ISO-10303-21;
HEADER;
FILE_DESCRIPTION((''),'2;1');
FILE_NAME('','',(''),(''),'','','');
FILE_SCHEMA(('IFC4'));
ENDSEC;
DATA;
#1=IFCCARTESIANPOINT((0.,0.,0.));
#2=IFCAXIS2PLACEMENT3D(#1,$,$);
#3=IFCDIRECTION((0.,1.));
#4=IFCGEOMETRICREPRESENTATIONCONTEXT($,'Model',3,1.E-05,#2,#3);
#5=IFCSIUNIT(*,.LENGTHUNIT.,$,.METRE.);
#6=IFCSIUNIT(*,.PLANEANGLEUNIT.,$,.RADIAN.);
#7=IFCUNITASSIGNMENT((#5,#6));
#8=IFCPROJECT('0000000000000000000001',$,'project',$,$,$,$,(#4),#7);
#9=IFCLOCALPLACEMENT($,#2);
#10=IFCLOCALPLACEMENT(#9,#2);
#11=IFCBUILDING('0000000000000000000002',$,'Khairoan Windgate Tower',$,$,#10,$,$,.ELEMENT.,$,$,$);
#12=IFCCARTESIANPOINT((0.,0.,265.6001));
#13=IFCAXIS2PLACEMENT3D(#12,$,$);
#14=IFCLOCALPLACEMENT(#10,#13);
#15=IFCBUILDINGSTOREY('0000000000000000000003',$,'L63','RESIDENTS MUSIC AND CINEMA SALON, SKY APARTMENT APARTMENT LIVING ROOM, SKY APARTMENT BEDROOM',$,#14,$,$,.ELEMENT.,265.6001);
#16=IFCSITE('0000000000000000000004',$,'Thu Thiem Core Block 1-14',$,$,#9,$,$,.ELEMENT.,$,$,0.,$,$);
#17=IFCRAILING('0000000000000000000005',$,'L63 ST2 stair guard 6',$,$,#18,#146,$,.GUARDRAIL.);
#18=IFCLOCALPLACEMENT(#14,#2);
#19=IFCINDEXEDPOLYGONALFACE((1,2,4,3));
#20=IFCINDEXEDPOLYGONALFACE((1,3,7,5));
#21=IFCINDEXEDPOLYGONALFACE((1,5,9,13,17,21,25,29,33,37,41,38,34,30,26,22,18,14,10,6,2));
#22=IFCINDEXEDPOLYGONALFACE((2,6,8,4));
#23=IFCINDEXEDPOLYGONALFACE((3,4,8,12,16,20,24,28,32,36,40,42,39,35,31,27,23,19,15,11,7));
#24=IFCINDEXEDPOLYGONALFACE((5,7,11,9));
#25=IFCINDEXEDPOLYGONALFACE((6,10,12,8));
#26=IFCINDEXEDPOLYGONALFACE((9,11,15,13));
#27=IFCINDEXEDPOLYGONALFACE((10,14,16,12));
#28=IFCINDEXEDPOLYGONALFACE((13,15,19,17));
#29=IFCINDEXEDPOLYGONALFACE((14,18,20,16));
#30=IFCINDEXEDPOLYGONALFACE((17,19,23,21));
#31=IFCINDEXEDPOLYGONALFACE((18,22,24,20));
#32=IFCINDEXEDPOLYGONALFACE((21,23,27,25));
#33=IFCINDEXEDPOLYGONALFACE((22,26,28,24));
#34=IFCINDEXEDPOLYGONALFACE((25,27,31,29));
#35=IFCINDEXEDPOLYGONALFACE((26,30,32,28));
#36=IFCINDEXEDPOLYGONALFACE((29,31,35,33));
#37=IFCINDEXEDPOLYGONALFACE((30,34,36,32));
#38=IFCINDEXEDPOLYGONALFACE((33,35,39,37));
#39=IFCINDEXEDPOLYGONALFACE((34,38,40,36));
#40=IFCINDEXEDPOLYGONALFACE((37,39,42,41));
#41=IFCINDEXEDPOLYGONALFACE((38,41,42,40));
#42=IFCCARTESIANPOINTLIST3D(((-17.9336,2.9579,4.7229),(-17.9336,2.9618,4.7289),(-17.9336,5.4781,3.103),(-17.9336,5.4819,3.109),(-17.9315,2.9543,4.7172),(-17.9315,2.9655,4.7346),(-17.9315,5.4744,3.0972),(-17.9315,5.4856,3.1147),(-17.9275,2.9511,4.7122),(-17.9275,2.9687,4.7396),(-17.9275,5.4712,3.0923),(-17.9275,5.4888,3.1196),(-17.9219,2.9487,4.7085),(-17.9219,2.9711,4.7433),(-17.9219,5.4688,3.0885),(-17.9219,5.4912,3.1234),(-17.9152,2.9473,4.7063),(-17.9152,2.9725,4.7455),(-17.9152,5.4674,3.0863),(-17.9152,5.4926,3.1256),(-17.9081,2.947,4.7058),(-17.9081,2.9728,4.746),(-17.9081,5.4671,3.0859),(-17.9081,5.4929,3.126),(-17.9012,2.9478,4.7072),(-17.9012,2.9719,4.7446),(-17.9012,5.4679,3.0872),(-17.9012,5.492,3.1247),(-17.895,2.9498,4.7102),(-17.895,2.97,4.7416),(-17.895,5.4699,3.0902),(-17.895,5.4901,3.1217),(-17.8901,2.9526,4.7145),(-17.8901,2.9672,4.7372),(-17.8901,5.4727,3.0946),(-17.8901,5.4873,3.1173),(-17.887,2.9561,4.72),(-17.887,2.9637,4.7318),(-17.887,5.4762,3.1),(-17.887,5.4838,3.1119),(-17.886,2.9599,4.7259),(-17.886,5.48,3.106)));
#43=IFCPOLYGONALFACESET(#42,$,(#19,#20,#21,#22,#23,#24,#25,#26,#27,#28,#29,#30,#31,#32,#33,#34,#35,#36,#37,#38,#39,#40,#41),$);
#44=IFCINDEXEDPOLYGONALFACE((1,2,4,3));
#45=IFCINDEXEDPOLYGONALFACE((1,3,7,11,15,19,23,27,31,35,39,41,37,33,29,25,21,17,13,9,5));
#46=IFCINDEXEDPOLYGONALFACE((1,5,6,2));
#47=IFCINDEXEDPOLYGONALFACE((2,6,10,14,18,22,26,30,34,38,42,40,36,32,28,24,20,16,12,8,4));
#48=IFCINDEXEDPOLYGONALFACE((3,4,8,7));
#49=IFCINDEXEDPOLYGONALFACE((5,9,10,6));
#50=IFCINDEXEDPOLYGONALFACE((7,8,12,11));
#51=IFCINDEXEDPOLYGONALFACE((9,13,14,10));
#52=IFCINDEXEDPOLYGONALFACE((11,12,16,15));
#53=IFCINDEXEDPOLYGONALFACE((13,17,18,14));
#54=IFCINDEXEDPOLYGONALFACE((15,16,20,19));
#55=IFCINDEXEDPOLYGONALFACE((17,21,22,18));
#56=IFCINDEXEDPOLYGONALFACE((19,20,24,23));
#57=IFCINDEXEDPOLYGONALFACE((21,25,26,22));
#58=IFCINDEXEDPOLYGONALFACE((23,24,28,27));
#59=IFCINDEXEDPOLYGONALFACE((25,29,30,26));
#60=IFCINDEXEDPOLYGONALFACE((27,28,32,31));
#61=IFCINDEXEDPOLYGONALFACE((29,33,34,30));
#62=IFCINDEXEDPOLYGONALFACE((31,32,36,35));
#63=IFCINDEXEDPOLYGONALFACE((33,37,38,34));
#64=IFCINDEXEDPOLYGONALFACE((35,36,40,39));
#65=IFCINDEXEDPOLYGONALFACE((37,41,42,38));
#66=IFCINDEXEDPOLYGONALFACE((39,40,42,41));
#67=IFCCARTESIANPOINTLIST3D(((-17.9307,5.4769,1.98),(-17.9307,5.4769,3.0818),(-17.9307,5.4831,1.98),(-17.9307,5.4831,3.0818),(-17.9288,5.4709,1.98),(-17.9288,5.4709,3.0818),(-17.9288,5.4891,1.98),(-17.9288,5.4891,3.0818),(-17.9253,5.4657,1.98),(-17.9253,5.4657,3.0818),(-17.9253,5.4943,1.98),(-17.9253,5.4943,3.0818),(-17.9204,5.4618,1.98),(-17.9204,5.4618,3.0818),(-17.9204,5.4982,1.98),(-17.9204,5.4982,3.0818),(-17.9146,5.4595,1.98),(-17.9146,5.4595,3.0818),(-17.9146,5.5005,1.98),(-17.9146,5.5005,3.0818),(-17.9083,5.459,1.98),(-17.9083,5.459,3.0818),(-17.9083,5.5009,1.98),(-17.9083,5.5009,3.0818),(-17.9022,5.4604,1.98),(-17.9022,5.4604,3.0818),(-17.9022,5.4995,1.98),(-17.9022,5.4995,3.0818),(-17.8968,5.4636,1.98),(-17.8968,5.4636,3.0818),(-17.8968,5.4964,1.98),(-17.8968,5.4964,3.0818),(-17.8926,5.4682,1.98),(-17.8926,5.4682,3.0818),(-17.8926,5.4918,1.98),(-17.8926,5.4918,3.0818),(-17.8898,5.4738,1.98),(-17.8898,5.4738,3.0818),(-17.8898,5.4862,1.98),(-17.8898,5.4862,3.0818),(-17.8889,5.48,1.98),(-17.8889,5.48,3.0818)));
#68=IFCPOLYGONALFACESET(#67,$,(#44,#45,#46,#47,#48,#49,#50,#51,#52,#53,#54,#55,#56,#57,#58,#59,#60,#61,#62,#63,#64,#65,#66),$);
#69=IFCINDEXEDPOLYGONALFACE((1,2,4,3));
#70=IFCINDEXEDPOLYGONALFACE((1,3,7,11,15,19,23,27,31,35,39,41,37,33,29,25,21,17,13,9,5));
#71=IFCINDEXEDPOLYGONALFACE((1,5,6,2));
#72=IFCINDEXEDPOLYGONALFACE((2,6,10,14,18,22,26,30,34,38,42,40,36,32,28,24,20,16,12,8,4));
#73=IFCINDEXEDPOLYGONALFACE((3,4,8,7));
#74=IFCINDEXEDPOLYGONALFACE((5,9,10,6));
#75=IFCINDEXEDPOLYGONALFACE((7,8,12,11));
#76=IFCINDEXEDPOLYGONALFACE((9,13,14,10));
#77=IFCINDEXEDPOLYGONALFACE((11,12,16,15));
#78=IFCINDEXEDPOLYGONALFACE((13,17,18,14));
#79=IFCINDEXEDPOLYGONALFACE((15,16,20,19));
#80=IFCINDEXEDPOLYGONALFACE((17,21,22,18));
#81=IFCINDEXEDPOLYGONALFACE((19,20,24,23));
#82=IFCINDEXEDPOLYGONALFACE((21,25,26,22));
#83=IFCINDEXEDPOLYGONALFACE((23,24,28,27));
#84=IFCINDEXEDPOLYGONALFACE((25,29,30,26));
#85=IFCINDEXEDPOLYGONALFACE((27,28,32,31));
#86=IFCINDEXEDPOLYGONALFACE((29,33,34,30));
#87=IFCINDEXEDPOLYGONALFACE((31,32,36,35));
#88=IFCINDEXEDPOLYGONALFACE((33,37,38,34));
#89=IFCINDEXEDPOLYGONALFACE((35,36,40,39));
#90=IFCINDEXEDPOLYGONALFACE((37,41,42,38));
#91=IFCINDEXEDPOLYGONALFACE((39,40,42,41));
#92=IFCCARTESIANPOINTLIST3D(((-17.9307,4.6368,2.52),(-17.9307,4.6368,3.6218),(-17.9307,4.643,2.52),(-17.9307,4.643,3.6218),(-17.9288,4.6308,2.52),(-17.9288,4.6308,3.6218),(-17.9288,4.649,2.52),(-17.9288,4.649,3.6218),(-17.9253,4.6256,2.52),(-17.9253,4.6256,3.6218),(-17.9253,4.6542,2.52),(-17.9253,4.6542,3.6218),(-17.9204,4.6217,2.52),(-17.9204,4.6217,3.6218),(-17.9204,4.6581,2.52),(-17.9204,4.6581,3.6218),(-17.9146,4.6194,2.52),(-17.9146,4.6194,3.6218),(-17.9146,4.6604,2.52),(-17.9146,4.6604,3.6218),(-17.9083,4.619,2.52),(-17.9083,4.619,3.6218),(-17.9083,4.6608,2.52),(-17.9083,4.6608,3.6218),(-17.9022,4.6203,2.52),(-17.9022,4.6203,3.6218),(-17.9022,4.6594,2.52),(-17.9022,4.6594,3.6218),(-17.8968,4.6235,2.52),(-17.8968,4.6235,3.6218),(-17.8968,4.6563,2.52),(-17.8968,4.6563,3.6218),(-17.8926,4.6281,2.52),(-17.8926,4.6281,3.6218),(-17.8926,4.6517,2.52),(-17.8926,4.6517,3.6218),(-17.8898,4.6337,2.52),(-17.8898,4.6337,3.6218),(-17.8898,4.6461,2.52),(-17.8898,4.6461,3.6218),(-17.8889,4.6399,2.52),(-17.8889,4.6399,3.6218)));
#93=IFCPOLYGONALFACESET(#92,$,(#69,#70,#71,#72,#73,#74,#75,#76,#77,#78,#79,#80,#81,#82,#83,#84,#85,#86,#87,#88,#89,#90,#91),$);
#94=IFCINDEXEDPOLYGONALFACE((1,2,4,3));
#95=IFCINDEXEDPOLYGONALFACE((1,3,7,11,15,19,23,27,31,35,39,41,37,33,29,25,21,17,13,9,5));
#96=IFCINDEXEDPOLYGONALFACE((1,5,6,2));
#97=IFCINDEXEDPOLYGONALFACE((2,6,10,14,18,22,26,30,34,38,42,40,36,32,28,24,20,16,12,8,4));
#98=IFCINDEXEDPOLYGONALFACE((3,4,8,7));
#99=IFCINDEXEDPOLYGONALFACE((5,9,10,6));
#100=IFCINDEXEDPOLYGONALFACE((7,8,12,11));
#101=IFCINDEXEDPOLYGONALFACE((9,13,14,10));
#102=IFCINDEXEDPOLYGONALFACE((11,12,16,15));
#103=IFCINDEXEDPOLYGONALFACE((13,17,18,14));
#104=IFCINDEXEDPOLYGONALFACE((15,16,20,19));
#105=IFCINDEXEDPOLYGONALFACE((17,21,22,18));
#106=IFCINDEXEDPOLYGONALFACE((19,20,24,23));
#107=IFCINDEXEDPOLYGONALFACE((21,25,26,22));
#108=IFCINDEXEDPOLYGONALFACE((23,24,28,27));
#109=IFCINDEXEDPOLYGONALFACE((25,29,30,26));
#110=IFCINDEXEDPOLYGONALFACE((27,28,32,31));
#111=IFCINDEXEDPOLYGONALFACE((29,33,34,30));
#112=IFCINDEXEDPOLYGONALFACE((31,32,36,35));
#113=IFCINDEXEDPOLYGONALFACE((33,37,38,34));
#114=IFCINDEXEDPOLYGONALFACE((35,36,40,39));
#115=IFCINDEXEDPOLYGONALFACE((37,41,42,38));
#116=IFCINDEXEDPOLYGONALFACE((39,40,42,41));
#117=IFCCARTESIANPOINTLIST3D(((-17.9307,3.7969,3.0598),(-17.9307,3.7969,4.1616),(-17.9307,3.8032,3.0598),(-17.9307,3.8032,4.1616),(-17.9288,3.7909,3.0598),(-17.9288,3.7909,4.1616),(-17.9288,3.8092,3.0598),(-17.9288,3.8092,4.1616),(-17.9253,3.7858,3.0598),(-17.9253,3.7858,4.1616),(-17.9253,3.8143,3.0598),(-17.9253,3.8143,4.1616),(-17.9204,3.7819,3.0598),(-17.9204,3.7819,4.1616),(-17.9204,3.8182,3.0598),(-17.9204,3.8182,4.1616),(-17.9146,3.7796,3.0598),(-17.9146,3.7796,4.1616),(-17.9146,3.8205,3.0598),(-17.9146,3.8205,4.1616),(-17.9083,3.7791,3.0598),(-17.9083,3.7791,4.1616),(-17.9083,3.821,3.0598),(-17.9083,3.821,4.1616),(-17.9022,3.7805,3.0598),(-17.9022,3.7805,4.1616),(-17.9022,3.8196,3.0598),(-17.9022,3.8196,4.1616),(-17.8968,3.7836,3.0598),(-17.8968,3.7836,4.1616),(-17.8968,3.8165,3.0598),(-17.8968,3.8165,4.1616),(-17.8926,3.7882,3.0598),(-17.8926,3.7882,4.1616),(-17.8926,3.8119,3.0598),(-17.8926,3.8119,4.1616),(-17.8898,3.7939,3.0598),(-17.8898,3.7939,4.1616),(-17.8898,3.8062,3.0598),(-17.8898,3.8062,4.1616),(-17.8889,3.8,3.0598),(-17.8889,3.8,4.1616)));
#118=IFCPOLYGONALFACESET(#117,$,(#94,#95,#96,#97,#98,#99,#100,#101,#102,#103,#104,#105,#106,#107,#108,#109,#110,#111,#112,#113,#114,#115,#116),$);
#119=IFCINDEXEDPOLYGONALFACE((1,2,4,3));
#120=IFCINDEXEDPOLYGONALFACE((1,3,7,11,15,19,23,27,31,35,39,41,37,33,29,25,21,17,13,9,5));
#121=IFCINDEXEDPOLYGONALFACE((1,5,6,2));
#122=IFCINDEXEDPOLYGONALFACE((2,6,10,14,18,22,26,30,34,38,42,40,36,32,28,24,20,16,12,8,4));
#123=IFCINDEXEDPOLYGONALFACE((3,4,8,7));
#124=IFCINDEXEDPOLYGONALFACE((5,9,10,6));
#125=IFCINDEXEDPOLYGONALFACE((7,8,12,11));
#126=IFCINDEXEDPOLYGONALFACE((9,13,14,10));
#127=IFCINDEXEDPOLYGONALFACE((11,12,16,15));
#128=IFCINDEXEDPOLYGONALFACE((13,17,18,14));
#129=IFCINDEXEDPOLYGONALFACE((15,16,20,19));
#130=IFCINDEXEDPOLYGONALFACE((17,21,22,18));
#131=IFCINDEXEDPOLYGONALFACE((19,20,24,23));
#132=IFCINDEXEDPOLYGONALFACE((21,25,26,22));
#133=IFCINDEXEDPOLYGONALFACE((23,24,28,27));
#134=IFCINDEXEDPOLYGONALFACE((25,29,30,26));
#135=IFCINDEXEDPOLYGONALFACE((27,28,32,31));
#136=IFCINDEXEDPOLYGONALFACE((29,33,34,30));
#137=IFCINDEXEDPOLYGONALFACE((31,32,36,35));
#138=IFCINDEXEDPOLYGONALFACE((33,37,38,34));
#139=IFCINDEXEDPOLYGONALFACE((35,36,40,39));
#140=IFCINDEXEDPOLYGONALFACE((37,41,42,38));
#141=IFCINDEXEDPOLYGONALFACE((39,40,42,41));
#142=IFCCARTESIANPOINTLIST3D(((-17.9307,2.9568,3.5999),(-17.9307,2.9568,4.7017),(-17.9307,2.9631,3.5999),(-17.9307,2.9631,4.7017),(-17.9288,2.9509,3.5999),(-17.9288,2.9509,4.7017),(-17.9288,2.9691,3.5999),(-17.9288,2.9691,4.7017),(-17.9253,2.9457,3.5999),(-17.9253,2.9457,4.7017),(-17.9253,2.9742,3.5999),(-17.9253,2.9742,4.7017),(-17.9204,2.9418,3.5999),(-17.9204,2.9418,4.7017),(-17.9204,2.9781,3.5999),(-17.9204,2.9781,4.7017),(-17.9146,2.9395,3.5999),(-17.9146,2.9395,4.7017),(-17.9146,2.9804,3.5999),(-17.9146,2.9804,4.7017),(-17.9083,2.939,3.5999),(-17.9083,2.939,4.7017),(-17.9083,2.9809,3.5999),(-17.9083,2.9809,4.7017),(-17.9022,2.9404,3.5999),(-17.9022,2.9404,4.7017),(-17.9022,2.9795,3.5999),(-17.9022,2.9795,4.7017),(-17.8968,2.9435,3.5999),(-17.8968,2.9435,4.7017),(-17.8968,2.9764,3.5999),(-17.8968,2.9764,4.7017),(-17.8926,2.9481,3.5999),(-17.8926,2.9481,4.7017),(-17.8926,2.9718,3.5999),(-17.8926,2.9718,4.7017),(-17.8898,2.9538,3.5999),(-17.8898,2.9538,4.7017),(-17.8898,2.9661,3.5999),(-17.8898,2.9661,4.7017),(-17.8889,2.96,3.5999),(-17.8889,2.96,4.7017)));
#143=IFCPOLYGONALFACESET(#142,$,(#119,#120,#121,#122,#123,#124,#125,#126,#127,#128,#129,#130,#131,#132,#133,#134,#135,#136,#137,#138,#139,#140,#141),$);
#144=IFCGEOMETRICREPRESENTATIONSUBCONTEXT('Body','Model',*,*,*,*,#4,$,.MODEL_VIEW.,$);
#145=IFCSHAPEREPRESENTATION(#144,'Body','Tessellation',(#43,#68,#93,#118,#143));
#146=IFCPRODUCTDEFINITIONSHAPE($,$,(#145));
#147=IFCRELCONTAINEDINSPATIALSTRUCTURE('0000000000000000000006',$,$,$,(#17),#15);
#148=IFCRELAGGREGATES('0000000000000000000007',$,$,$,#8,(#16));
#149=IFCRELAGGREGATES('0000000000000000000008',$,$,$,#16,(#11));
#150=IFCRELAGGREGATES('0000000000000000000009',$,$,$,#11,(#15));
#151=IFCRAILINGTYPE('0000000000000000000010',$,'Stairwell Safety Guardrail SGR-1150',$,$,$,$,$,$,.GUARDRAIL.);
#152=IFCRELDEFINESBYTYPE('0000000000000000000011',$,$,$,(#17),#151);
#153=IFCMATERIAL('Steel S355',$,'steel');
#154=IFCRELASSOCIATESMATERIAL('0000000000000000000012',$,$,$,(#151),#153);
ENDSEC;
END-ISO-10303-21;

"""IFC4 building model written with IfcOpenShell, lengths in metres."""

from ifc_helpers import new_model, si_unit, direction, frame, origin, origin_2d, place, context, subcontext, project, spatial, circle, extrude, material, type_object, element, save


model = new_model("IFC4")

# Units and contexts
model_context = context("Model", 3, precision=1e-05, world=origin(), true_north=direction((0.0, 1.0)))
body_context = subcontext(model_context, "Body", "Model", "MODEL_VIEW")
ifc_project = project(units=[si_unit("LENGTHUNIT", "METRE"), si_unit("PLANEANGLEUNIT", "RADIAN")], contexts=[model_context])

# Site, building, storey
site_placement = place(None, origin())
site = spatial("IfcSite", under=ifc_project, at=site_placement, Name="Thu Thiem Core Block 1-14", CompositionType="ELEMENT", RefElevation=0.0)
building_placement = place(site_placement, origin())
building = spatial("IfcBuilding", under=site, at=building_placement, Name="Khairoan Windgate Tower", CompositionType="ELEMENT")
storey_placement = place(building_placement, frame((0.0, 0.0, 265.6001)))
storey = spatial("IfcBuildingStorey", under=building, at=storey_placement, Name="L63", Description="RESIDENTS MUSIC AND CINEMA SALON, SKY APARTMENT APARTMENT LIVING ROOM, SKY APARTMENT BEDROOM", CompositionType="ELEMENT", Elevation=265.6001)

# Railing
ifc_material_1 = material(Name="Steel S355", Category="steel")
railing_type_1 = type_object("IfcRailingType", Name="Stairwell Safety Guardrail SGR-1150", PredefinedType="GUARDRAIL", material=ifc_material_1)
railing_1_placement = place(storey_placement, frame((-17.9099, 5.48, 1.98)))
element("IfcRailing", 1, at=railing_1_placement, inside=storey, type_object=railing_type_1, Name="L63 ST2 stair guard 6", PredefinedType="GUARDRAIL", context=body_context, shape_type="SweptSolid", body=[
    extrude(circle(Radius=0.0239, at=origin_2d()), frame((0.0, 0.0, 1.126), z_axis=(0.0, -0.8412, 0.540725), x_axis=(1.0, 0.0, 0.0)), (0.0, 0.0, 1.0), 2.9958),
    extrude(circle(Radius=0.021, at=origin_2d()), origin(), (0.0, 0.0, 1.0), 1.1018),
    extrude(circle(Radius=0.021, at=origin_2d()), frame((0.0, -0.8401, 0.54)), (0.0, 0.0, 1.0), 1.1018),
    extrude(circle(Radius=0.021, at=origin_2d()), frame((0.0, -1.6799, 1.0798)), (0.0, 0.0, 1.0), 1.1018),
    extrude(circle(Radius=0.021, at=origin_2d()), frame((0.0, -2.52, 1.6199)), (0.0, 0.0, 1.0), 1.1018),
])

save(model, "model.ifc")
